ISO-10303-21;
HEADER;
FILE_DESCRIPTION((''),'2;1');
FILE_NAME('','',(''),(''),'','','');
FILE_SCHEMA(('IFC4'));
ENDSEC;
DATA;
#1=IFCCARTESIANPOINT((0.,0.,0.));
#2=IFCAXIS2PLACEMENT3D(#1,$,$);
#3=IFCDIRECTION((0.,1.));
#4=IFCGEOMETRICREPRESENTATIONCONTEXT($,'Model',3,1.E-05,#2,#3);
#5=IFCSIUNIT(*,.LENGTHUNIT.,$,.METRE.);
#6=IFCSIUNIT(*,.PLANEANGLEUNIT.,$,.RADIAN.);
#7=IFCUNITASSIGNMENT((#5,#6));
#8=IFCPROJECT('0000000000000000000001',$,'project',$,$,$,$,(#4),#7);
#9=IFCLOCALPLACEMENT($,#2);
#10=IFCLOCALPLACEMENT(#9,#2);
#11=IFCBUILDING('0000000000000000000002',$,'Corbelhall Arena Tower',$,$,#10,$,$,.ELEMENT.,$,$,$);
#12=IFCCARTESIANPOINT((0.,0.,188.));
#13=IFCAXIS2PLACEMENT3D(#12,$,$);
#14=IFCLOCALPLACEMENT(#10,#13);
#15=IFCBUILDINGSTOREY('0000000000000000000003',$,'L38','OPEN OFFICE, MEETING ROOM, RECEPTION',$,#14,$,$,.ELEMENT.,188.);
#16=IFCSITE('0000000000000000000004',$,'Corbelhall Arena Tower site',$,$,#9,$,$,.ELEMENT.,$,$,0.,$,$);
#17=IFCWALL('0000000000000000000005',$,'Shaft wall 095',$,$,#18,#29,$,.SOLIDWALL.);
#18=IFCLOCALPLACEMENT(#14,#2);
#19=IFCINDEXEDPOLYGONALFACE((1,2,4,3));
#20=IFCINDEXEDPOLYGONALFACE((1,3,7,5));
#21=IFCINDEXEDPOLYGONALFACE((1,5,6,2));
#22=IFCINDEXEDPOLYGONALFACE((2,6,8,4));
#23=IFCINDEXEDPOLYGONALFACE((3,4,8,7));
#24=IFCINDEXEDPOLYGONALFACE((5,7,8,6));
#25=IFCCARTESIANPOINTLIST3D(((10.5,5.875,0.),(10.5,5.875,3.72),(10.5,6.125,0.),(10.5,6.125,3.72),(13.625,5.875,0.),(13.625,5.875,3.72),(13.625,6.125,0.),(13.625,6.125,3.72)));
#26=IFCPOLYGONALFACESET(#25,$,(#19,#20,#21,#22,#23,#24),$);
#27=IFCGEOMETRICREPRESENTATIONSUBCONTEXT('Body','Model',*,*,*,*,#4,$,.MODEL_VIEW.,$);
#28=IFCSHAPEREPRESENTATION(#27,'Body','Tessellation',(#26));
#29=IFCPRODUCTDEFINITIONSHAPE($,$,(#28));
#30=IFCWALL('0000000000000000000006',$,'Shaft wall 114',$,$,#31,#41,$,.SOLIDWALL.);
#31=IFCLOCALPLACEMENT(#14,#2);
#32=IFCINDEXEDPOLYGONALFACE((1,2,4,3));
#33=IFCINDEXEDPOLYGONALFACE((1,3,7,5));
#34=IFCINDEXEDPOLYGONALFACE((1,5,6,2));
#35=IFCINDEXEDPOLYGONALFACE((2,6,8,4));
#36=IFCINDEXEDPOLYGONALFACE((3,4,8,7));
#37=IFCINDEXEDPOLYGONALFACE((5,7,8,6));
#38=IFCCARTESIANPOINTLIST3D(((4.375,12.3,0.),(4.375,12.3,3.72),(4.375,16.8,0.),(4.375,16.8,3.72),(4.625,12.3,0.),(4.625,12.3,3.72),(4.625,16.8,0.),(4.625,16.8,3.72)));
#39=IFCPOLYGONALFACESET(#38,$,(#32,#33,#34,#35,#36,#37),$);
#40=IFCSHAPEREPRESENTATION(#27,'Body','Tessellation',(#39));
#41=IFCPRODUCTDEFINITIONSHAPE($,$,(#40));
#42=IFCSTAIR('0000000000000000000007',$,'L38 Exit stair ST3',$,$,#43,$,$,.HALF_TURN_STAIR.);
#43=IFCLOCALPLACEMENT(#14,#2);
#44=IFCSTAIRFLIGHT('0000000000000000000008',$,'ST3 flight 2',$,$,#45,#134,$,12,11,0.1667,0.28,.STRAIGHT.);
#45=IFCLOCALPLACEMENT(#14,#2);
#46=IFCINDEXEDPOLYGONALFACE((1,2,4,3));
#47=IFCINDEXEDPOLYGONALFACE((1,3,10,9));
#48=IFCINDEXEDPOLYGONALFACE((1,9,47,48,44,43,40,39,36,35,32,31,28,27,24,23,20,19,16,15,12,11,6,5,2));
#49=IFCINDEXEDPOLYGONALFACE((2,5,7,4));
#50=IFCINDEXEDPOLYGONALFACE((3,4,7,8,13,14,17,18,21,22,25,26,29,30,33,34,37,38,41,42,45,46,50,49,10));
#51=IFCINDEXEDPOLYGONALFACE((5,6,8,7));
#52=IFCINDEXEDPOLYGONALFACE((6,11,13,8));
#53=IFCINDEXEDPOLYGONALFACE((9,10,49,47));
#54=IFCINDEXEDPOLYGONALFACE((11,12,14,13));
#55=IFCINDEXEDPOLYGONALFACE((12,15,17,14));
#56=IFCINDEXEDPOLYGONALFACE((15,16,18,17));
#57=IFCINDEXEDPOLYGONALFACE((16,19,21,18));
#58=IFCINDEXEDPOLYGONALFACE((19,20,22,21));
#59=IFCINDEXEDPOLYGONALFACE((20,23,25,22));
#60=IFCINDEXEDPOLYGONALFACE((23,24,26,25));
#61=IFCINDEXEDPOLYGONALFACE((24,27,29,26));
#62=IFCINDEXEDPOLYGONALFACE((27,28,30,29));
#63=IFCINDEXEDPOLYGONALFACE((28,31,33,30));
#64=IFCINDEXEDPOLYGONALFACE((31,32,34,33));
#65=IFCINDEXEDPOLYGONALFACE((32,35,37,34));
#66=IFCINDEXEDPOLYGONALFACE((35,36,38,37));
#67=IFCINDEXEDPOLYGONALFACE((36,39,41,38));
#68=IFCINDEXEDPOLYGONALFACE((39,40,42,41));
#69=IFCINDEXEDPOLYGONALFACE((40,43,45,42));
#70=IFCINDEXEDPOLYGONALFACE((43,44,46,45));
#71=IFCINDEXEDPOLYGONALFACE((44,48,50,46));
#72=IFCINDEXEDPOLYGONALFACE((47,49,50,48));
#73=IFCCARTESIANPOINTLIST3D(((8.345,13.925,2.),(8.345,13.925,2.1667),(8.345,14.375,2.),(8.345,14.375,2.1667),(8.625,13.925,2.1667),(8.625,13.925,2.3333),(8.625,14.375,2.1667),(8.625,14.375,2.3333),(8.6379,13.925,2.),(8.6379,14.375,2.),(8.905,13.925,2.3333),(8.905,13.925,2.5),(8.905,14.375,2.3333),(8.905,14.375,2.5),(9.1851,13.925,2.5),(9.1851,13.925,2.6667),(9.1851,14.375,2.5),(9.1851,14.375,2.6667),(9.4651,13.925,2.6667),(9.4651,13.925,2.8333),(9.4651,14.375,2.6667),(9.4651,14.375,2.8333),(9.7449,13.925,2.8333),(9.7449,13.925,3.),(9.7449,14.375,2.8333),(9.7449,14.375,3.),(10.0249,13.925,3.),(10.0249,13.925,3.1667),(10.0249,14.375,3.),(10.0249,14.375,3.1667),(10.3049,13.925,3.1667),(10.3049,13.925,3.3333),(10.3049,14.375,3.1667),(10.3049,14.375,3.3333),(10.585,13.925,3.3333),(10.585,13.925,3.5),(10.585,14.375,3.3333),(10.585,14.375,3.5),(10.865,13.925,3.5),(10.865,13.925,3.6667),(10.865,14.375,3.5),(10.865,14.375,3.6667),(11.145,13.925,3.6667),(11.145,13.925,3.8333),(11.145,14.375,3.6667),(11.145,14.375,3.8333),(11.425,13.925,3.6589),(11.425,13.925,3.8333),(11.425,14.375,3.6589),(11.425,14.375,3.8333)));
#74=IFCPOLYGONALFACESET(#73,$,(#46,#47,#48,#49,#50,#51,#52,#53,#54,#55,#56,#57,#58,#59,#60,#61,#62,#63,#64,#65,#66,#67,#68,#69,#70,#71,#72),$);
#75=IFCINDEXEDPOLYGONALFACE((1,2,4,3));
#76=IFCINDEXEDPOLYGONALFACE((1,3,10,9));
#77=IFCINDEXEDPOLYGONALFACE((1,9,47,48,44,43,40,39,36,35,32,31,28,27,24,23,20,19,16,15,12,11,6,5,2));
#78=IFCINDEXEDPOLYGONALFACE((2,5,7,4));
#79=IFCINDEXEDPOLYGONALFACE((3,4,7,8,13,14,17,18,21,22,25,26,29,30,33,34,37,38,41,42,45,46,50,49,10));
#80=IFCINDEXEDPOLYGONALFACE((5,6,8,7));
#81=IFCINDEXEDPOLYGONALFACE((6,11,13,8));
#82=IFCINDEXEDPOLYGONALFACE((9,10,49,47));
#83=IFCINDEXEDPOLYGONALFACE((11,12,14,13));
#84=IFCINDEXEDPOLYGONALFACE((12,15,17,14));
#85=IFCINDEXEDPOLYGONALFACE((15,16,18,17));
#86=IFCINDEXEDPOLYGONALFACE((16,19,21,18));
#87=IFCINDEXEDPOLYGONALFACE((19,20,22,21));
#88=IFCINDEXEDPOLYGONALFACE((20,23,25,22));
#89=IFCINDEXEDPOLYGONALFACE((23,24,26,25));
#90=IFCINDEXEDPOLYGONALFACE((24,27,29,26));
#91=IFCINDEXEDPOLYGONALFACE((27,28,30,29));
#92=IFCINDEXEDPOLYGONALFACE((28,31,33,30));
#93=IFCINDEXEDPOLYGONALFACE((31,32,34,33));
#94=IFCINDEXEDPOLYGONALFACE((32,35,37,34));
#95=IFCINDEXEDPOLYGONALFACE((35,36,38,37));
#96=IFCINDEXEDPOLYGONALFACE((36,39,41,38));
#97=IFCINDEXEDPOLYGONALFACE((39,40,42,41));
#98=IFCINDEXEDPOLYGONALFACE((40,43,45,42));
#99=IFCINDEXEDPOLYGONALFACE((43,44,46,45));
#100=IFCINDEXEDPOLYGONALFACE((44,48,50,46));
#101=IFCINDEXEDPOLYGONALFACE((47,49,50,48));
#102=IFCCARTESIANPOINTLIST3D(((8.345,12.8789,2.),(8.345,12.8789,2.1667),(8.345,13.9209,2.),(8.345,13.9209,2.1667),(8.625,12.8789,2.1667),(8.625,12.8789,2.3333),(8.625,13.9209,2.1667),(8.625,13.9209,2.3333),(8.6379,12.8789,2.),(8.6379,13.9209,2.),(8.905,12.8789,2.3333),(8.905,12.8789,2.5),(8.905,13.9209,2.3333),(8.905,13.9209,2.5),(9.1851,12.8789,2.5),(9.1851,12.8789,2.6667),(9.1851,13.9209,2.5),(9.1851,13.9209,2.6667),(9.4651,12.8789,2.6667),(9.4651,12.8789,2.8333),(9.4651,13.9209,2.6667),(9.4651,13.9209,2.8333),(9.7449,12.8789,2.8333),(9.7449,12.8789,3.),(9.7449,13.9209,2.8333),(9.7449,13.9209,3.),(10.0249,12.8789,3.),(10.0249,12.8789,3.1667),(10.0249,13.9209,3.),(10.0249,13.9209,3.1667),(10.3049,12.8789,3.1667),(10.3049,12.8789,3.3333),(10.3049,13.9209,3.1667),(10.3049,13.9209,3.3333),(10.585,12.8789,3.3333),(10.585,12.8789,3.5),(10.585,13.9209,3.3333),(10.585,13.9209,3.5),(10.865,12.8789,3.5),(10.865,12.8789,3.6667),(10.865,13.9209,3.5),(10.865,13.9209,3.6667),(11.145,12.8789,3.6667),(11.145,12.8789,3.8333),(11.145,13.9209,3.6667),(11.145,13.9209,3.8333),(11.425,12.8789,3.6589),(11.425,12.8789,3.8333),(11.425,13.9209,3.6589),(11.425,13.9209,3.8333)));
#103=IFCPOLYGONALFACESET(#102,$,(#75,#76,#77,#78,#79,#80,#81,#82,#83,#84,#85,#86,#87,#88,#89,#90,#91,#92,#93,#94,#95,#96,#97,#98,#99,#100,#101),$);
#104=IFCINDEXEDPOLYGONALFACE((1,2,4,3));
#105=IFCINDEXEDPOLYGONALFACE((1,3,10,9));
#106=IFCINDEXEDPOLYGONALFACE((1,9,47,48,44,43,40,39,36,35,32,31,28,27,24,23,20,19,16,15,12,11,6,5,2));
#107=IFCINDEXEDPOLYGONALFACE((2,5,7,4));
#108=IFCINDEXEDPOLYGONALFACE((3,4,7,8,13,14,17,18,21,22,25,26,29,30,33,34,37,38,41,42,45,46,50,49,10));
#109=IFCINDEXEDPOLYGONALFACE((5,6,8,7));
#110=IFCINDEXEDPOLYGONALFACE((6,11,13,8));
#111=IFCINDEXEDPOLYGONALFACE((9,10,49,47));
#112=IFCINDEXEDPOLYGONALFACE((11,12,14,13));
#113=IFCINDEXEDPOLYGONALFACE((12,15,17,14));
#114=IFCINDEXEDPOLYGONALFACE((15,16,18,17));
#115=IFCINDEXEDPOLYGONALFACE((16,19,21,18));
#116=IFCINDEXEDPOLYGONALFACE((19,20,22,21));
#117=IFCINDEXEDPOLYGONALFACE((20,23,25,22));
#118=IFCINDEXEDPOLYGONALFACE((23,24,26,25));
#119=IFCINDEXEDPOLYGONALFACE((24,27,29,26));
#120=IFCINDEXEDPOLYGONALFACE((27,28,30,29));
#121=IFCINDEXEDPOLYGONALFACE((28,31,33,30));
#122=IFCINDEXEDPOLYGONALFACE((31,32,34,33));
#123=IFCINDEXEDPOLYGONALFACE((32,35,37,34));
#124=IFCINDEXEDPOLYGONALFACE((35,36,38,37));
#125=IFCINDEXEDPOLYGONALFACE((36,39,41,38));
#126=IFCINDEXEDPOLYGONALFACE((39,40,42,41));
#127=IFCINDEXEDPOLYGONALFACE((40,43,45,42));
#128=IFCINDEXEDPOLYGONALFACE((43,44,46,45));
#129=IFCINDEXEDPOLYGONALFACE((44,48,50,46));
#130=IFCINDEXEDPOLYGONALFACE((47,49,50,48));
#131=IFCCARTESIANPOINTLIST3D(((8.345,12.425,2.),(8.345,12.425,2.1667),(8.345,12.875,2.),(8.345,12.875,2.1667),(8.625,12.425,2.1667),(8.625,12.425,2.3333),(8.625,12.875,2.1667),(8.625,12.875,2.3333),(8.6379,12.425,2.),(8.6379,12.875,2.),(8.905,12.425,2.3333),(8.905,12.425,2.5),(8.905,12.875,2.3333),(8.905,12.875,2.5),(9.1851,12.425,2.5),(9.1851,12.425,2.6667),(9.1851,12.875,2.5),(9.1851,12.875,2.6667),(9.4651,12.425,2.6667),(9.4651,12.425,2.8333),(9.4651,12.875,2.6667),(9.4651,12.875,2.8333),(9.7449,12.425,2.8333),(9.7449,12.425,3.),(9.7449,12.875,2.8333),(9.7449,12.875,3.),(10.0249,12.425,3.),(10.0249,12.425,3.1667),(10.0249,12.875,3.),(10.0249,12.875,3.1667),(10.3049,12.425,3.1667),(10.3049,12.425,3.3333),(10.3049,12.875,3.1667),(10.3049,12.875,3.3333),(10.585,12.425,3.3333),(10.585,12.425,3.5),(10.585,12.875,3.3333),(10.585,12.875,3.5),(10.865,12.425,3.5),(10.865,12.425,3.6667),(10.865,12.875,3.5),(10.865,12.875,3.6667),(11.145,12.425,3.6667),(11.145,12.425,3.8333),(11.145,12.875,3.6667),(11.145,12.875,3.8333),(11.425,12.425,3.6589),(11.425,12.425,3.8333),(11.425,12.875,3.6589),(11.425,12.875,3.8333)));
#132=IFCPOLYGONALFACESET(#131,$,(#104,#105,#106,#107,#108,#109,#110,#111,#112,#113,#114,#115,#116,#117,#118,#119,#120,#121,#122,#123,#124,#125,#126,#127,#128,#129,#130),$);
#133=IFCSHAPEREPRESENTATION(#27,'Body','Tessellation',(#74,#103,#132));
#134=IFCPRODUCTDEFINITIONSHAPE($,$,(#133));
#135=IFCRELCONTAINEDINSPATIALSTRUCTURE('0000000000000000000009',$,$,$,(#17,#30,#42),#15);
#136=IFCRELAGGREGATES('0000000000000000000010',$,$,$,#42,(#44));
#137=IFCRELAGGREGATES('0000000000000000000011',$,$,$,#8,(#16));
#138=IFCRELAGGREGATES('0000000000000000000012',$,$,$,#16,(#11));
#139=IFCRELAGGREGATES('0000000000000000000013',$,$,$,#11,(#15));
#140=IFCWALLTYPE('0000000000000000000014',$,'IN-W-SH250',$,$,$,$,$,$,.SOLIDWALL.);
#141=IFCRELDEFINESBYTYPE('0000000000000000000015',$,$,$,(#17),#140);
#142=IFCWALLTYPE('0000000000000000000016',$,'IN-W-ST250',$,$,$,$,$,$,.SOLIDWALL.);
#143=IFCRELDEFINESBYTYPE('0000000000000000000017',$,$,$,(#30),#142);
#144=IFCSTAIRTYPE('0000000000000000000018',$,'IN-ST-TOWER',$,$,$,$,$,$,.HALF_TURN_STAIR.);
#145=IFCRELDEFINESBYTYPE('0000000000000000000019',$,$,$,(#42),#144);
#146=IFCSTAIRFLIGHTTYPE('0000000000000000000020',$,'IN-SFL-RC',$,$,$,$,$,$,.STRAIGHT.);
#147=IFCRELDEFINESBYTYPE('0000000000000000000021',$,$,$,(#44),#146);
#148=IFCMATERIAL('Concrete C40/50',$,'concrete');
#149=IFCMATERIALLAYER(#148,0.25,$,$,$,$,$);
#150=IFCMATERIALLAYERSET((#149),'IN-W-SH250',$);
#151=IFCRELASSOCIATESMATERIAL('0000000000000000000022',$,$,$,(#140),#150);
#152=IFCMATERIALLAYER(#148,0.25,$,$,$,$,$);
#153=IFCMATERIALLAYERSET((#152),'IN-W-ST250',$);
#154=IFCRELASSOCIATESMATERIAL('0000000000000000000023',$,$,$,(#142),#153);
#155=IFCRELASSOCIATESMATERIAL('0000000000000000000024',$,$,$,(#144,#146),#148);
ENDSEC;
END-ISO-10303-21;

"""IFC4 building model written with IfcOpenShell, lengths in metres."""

from ifc_helpers import new_model, si_unit, direction, frame, frame_2d, origin, place, context, subcontext, project, spatial, polyline, rectangle, outline, extrude, material, layer, layer_set, type_object, element, aggregate, save


model = new_model("IFC4")

# Units and contexts
model_context = context("Model", 3, precision=1e-05, world=origin(), true_north=direction((0.0, 1.0)))
body_context = subcontext(model_context, "Body", "Model", "MODEL_VIEW")
ifc_project = project(units=[si_unit("LENGTHUNIT", "METRE"), si_unit("PLANEANGLEUNIT", "RADIAN")], contexts=[model_context])

# Site, building, storey
site_placement = place(None, origin())
site = spatial("IfcSite", under=ifc_project, at=site_placement, Name="Corbelhall Arena Tower site", CompositionType="ELEMENT", RefElevation=0.0)
building_placement = place(site_placement, origin())
building = spatial("IfcBuilding", under=site, at=building_placement, Name="Corbelhall Arena Tower", CompositionType="ELEMENT")
storey_placement = place(building_placement, frame((0.0, 0.0, 188.0)))
storey = spatial("IfcBuildingStorey", under=building, at=storey_placement, Name="L38", Description="OPEN OFFICE, MEETING ROOM, RECEPTION", CompositionType="ELEMENT", Elevation=188.0)

# Shared definitions
ifc_material_1 = material(Name="Concrete C40/50", Category="concrete")
ifc_layer_1 = layer(ifc_material_1, 0.25)
ifc_layer_set_1 = layer_set([ifc_layer_1], Name="IN-W-SH250")
wall_type_1 = type_object("IfcWallType", Name="IN-W-SH250", PredefinedType="SOLIDWALL", material=ifc_layer_set_1)

# Walls
wall_1_placement = place(storey_placement, frame((10.5, 6.0, 0.0), z_axis=(0.0, 0.0, 1.0), x_axis=(1.0, 0.0, 0.0)))
element("IfcWall", 1, at=wall_1_placement, inside=storey, type_object=wall_type_1, Name="Shaft wall 095", PredefinedType="SOLIDWALL", context=body_context, shape_type="SweptSolid", body=[
    extrude(rectangle(XDim=3.125, YDim=0.25, at=frame_2d((1.5625, 0.0))), origin(), (0.0, 0.0, 1.0), 3.72),
])
ifc_layer_2 = layer(ifc_material_1, 0.25)
ifc_layer_set_2 = layer_set([ifc_layer_2], Name="IN-W-ST250")
wall_type_2 = type_object("IfcWallType", Name="IN-W-ST250", PredefinedType="SOLIDWALL", material=ifc_layer_set_2)
wall_2_placement = place(storey_placement, frame((4.5, 12.3, 0.0), z_axis=(0.0, 0.0, 1.0), x_axis=(0.0, 1.0, 0.0)))
element("IfcWall", 2, at=wall_2_placement, inside=storey, type_object=wall_type_2, Name="Shaft wall 114", PredefinedType="SOLIDWALL", context=body_context, shape_type="SweptSolid", body=[
    extrude(rectangle(XDim=4.5, YDim=0.25, at=frame_2d((2.25, 0.0))), origin(), (0.0, 0.0, 1.0), 3.72),
])

# Stair, stair flight
stair_type = type_object("IfcStairType", Name="IN-ST-TOWER", PredefinedType="HALF_TURN_STAIR", material=ifc_material_1)
stair_placement = place(storey_placement, origin())
stair = element("IfcStair", 3, at=stair_placement, inside=storey, type_object=stair_type, Name="L38 Exit stair ST3", PredefinedType="HALF_TURN_STAIR")
stair_flight_type = type_object("IfcStairFlightType", Name="IN-SFL-RC", PredefinedType="STRAIGHT", material=ifc_material_1)
stair_flight_placement = place(storey_placement, frame((8.345, 13.3999, 2.0), z_axis=(0.0, 0.0, 1.0), x_axis=(1.0, 0.0, 0.0)))
stair_flight = element("IfcStairFlight", 4, at=stair_flight_placement, type_object=stair_flight_type, Name="ST3 flight 2", NumberOfRisers=12, NumberOfTreads=11, PredefinedType="STRAIGHT", RiserHeight=0.1667, TreadLength=0.28, context=body_context, shape_type="SweptSolid", body=[
    extrude(outline(polyline([(0.0, 0.0), (0.0, 0.1667), (0.28, 0.1667), (0.28, 0.3333), (0.5601, 0.3333), (0.5601, 0.5), (0.8401, 0.5), (0.8401, 0.6667), (1.1201, 0.6667), (1.1201, 0.8333), (1.3999, 0.8333), (1.3999, 1.0), (1.6799, 1.0), (1.6799, 1.1667), (1.96, 1.1667), (1.96, 1.3333), (2.24, 1.3333), (2.24, 1.5), (2.52, 1.5), (2.52, 1.6667), (2.8, 1.6667), (2.8, 1.8333), (3.0801, 1.8333), (3.0801, 2.0), (3.0801, 1.6589), (0.293, 0.0), (0.0, 0.0)])), frame((0.0, 0.9751, 0.0), z_axis=(0.0, -1.0, 0.0), x_axis=(1.0, 0.0, 0.0)), (0.0, 0.0, 1.0), 0.45),
    extrude(outline(polyline([(0.0, 0.0), (0.0, 0.1667), (0.28, 0.1667), (0.28, 0.3333), (0.5601, 0.3333), (0.5601, 0.5), (0.8401, 0.5), (0.8401, 0.6667), (1.1201, 0.6667), (1.1201, 0.8333), (1.3999, 0.8333), (1.3999, 1.0), (1.6799, 1.0), (1.6799, 1.1667), (1.96, 1.1667), (1.96, 1.3333), (2.24, 1.3333), (2.24, 1.5), (2.52, 1.5), (2.52, 1.6667), (2.8, 1.6667), (2.8, 1.8333), (3.0801, 1.8333), (3.0801, 2.0), (3.0801, 1.6589), (0.293, 0.0), (0.0, 0.0)])), frame((0.0, 0.521, 0.0), z_axis=(0.0, -1.0, 0.0), x_axis=(1.0, 0.0, 0.0)), (0.0, 0.0, 1.0), 1.042),
    extrude(outline(polyline([(0.0, 0.0), (0.0, 0.1667), (0.28, 0.1667), (0.28, 0.3333), (0.5601, 0.3333), (0.5601, 0.5), (0.8401, 0.5), (0.8401, 0.6667), (1.1201, 0.6667), (1.1201, 0.8333), (1.3999, 0.8333), (1.3999, 1.0), (1.6799, 1.0), (1.6799, 1.1667), (1.96, 1.1667), (1.96, 1.3333), (2.24, 1.3333), (2.24, 1.5), (2.52, 1.5), (2.52, 1.6667), (2.8, 1.6667), (2.8, 1.8333), (3.0801, 1.8333), (3.0801, 2.0), (3.0801, 1.6589), (0.293, 0.0), (0.0, 0.0)])), frame((0.0, -0.5249, 0.0), z_axis=(0.0, -1.0, 0.0), x_axis=(1.0, 0.0, 0.0)), (0.0, 0.0, 1.0), 0.45),
])
aggregate(stair, [stair_flight])

save(model, "model.ifc")
